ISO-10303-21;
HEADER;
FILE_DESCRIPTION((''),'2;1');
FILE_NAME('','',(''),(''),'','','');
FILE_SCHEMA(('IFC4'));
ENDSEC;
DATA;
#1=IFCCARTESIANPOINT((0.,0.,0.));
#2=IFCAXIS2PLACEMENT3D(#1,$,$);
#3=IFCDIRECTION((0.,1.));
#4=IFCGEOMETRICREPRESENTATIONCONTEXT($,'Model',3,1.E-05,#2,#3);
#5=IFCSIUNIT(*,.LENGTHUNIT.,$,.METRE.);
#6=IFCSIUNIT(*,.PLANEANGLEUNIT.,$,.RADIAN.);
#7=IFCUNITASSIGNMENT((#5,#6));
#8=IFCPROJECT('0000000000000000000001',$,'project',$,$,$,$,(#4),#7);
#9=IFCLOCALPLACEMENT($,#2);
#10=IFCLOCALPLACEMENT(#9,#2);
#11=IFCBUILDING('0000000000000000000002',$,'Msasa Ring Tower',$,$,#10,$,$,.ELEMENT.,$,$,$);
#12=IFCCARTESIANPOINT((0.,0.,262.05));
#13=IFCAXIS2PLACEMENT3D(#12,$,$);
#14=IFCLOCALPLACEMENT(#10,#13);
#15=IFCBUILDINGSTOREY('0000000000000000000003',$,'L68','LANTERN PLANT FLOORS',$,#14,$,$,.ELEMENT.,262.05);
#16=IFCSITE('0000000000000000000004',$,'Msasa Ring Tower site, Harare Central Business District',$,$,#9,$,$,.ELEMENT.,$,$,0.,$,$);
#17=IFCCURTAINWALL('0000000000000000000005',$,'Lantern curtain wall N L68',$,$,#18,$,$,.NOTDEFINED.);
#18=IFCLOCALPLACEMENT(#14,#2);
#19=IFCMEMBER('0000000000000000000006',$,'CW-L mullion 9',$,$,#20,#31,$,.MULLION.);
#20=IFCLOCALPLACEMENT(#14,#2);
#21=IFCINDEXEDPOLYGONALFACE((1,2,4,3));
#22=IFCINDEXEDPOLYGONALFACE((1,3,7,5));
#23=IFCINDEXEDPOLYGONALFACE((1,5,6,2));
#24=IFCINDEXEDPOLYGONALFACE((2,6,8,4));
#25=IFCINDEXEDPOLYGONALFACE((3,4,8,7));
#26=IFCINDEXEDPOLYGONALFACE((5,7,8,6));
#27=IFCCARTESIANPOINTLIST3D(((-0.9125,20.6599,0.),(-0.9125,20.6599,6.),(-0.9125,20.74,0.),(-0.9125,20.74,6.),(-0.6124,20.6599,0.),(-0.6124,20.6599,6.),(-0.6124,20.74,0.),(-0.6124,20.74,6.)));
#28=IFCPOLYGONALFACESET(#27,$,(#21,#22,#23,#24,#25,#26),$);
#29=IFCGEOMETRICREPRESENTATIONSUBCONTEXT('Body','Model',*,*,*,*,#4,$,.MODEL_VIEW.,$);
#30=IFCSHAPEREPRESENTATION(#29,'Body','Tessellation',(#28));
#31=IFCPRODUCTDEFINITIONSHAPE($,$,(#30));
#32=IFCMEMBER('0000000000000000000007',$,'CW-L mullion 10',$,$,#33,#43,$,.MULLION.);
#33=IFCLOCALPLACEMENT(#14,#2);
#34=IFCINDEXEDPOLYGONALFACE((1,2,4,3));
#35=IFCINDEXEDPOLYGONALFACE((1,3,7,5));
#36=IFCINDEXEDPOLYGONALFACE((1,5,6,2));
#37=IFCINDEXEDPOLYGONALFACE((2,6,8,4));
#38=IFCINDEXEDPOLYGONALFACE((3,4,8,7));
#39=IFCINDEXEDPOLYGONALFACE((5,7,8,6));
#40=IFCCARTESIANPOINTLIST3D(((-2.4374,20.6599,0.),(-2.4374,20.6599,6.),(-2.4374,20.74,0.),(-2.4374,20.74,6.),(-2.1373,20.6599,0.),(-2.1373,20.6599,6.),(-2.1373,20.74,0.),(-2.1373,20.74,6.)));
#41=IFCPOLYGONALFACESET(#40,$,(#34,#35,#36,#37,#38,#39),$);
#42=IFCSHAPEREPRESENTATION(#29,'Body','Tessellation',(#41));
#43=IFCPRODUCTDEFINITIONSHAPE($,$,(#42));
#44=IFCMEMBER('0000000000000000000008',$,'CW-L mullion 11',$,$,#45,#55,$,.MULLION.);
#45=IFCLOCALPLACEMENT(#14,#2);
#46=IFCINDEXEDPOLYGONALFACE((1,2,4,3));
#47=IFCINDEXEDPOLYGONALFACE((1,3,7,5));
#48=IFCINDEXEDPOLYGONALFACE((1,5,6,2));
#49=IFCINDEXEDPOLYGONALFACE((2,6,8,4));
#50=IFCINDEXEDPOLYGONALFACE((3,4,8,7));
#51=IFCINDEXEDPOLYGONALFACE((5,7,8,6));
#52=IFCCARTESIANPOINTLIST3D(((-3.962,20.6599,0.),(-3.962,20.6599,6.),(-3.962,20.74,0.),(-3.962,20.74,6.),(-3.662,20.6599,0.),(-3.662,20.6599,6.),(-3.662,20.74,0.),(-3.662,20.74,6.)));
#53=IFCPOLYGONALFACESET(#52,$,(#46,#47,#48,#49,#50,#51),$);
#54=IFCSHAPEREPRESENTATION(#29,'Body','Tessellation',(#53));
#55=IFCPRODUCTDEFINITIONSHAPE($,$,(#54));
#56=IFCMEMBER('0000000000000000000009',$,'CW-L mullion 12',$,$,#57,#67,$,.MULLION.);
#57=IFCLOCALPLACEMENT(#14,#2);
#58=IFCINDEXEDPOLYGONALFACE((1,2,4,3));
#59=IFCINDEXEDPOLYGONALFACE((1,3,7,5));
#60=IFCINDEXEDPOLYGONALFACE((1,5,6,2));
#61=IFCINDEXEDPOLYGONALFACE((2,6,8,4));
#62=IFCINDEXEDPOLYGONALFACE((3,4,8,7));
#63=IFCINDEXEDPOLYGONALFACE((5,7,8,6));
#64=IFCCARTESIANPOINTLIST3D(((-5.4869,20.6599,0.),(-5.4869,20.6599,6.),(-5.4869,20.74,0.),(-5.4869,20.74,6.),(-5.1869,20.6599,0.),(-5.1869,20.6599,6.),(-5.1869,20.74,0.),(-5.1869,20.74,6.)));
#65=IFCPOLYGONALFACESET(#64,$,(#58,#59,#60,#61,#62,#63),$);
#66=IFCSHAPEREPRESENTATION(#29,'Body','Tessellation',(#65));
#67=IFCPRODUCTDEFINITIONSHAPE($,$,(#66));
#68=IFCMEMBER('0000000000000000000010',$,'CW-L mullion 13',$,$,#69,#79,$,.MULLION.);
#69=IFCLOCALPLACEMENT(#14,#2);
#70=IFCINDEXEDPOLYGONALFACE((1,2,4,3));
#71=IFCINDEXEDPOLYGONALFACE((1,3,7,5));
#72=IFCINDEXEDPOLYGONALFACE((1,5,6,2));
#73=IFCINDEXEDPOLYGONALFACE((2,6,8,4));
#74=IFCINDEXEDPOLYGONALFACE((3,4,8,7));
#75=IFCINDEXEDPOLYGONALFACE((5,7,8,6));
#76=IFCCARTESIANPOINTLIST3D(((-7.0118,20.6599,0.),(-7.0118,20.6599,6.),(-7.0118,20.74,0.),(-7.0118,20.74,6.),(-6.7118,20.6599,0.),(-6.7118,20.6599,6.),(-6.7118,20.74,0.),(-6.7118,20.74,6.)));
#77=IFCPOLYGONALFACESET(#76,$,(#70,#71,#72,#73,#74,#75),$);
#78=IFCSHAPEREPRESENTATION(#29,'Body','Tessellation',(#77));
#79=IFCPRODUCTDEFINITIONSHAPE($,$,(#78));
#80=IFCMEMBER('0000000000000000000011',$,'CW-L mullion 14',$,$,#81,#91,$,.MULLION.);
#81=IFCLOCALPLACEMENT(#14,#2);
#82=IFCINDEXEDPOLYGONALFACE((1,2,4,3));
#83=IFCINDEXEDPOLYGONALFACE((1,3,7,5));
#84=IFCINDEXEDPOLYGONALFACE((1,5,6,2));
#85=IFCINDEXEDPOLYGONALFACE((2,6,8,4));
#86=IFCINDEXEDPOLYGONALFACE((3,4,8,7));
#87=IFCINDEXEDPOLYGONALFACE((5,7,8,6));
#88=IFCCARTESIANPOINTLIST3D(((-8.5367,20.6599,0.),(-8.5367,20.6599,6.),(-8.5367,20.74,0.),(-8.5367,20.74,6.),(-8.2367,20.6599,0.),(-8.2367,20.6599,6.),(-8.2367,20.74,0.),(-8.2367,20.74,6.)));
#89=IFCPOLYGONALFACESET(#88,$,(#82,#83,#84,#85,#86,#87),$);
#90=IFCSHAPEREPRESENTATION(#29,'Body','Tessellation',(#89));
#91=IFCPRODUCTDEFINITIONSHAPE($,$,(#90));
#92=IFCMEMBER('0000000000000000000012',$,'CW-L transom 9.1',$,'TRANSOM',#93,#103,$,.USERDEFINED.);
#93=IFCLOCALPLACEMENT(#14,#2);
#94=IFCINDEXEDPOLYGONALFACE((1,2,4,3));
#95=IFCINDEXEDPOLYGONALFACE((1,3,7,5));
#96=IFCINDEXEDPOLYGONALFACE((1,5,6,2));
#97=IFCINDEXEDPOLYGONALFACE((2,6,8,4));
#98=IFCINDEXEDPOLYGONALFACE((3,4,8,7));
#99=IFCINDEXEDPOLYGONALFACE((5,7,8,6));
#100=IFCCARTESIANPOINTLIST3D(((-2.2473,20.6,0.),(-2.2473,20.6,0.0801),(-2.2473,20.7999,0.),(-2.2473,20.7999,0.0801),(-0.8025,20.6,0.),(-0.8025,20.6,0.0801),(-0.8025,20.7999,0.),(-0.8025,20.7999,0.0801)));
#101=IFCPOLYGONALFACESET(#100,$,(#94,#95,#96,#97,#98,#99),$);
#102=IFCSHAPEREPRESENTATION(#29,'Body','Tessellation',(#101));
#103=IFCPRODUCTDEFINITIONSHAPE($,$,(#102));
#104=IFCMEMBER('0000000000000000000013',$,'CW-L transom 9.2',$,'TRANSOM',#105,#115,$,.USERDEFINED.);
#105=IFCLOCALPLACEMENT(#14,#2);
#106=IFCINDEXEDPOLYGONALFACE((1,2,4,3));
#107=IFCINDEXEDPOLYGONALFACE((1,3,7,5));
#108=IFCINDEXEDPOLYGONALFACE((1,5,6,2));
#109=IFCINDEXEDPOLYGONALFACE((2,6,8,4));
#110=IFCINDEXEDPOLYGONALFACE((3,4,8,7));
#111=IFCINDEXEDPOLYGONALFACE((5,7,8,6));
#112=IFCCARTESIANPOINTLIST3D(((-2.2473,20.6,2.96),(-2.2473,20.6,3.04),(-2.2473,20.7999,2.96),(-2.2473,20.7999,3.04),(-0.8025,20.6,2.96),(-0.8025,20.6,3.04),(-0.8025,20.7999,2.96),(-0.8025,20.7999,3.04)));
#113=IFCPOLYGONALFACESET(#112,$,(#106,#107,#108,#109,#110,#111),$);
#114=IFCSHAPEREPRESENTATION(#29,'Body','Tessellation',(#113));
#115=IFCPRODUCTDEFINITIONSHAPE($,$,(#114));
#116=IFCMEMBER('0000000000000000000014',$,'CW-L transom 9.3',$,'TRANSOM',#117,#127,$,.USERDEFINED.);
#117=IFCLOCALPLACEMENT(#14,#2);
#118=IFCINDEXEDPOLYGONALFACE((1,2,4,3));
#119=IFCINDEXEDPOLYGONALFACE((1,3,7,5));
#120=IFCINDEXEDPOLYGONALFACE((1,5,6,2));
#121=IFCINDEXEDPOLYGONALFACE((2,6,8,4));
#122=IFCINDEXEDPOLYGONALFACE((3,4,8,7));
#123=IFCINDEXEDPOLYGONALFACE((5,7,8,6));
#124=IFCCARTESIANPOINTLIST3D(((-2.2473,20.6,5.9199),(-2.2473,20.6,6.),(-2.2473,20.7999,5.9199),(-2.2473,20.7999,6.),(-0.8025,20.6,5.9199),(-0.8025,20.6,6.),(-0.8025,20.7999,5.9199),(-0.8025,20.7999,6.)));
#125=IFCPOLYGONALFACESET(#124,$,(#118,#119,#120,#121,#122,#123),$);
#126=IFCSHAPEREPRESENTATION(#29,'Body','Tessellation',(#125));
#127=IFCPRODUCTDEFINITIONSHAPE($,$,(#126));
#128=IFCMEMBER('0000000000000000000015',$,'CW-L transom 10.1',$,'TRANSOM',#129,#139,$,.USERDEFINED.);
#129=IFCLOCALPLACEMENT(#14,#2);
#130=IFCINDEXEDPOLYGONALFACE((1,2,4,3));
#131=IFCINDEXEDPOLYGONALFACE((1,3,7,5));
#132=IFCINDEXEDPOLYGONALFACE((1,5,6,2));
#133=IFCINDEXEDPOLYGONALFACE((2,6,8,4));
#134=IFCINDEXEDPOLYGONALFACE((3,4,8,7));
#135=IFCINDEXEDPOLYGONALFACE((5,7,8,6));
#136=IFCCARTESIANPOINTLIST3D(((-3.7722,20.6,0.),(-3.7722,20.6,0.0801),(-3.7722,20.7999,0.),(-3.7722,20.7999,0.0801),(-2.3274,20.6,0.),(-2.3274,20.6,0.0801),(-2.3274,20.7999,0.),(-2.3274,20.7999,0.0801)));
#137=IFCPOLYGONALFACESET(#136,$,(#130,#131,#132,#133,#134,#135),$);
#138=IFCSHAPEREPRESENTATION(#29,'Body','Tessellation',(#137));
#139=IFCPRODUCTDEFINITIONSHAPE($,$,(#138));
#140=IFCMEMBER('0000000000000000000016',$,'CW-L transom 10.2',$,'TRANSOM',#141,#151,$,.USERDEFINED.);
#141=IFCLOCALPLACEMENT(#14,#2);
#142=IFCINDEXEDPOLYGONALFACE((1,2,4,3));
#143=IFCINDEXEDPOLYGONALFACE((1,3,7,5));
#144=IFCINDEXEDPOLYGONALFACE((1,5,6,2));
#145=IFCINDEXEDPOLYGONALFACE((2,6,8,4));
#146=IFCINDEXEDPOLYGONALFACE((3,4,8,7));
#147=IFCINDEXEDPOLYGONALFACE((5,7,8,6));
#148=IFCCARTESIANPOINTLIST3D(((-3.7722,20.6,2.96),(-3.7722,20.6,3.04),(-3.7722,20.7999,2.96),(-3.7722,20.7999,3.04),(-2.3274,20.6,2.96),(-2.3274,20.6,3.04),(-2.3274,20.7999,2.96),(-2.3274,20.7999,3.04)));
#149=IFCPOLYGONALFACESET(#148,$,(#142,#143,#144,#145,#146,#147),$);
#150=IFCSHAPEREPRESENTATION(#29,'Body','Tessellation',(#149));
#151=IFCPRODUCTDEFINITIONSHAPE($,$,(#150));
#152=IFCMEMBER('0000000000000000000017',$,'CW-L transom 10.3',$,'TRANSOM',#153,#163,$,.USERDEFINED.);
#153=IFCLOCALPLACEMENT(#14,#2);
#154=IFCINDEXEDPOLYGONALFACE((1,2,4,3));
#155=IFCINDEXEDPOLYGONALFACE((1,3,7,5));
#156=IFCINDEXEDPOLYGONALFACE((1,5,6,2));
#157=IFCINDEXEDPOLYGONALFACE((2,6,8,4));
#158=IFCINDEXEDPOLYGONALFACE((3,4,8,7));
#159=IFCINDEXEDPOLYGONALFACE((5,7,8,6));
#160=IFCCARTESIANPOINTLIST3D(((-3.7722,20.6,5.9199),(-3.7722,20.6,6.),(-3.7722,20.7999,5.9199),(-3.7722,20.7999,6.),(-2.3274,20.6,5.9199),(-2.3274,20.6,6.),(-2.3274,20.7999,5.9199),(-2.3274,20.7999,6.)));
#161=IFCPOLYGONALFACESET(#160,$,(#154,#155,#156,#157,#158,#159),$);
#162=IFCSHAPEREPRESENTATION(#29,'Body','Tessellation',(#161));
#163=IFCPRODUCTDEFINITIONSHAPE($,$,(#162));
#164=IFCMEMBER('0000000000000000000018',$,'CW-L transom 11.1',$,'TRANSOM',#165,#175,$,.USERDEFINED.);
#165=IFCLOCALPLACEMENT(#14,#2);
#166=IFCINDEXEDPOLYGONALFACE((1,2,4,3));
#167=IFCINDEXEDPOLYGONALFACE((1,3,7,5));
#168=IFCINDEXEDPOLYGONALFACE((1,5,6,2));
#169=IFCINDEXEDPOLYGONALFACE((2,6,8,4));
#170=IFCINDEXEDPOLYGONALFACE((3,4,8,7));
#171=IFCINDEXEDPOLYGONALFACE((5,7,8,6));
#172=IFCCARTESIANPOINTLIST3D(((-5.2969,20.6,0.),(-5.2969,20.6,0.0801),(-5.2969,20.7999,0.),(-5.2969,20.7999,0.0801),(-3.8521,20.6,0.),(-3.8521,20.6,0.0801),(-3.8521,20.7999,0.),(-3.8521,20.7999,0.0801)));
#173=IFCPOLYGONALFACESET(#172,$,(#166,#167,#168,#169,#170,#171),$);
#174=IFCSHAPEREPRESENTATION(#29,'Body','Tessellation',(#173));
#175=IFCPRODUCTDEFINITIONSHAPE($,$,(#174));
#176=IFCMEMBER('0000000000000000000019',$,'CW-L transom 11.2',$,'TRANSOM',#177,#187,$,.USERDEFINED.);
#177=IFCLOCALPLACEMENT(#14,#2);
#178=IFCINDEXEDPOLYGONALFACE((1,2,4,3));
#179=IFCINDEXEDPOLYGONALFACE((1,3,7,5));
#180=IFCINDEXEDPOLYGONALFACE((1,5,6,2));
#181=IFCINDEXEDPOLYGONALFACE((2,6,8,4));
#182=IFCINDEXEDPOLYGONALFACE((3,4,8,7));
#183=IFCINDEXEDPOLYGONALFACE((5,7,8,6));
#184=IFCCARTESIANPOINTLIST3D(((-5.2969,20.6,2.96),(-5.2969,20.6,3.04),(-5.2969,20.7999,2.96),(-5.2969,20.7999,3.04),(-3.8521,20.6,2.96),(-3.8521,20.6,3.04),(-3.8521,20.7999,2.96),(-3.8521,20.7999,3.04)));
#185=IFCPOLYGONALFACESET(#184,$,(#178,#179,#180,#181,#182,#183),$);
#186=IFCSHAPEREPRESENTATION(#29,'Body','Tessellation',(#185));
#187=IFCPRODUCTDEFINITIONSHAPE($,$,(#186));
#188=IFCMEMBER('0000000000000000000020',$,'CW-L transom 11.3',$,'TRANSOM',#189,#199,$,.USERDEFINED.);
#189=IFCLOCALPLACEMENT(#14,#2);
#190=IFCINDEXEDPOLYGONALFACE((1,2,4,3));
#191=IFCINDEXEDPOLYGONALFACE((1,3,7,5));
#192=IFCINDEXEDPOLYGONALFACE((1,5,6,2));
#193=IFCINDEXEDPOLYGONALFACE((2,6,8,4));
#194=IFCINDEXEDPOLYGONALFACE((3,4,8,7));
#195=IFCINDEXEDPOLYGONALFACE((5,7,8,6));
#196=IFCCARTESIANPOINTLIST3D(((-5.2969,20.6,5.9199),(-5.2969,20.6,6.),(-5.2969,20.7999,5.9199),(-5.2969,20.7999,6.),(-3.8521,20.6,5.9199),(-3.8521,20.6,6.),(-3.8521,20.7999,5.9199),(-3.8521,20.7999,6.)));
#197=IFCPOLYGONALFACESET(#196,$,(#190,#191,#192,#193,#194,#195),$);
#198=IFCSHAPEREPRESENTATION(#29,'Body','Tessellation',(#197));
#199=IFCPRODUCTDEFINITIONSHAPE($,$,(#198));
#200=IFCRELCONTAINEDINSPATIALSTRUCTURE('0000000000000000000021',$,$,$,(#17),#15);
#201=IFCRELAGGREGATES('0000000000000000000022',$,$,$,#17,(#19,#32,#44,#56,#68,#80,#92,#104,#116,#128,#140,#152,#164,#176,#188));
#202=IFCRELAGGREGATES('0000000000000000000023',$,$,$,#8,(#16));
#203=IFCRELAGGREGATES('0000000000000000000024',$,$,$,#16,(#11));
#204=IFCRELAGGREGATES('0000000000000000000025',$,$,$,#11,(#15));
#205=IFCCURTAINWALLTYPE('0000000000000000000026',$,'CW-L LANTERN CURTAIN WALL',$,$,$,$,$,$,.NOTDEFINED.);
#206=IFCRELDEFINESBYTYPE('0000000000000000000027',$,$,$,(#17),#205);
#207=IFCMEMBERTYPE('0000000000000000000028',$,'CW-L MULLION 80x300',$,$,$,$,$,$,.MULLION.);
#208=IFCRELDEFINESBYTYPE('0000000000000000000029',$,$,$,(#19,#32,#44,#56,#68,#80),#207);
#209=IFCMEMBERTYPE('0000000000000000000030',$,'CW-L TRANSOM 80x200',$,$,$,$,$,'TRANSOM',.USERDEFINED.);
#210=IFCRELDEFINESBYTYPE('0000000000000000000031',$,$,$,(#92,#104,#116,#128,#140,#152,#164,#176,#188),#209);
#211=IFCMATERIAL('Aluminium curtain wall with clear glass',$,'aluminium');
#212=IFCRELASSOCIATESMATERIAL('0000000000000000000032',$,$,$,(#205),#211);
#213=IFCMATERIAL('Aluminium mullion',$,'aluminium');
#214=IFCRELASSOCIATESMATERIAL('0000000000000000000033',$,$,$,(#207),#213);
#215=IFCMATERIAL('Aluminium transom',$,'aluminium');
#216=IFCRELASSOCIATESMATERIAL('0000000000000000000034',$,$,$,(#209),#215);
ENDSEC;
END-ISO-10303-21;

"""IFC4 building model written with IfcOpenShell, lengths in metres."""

from ifc_helpers import new_model, si_unit, direction, frame, origin, origin_2d, place, context, subcontext, project, spatial, rectangle, extrude, material, material_profile, profile_set, type_object, element, aggregate, save


model = new_model("IFC4")

# Units and contexts
model_context = context("Model", 3, precision=1e-05, world=origin(), true_north=direction((0.0, 1.0)))
body_context = subcontext(model_context, "Body", "Model", "MODEL_VIEW")
ifc_project = project(units=[si_unit("LENGTHUNIT", "METRE"), si_unit("PLANEANGLEUNIT", "RADIAN")], contexts=[model_context])

# Site, building, storey
site_placement = place(None, origin())
site = spatial("IfcSite", under=ifc_project, at=site_placement, Name="Msasa Ring Tower site, Harare Central Business District", CompositionType="ELEMENT", RefElevation=0.0)
building_placement = place(site_placement, origin())
building = spatial("IfcBuilding", under=site, at=building_placement, Name="Msasa Ring Tower", CompositionType="ELEMENT")
storey_placement = place(building_placement, frame((0.0, 0.0, 262.05)))
storey = spatial("IfcBuildingStorey", under=building, at=storey_placement, Name="L68", Description="LANTERN PLANT FLOORS", CompositionType="ELEMENT", Elevation=262.05)

# Curtain wall, members
ifc_material_1 = material(Name="Aluminium curtain wall with clear glass", Category="aluminium")
curtain_wall_type = type_object("IfcCurtainWallType", Name="CW-L LANTERN CURTAIN WALL", PredefinedType="NOTDEFINED", material=ifc_material_1)
curtain_wall_placement = place(storey_placement, origin())
curtain_wall = element("IfcCurtainWall", 1, at=curtain_wall_placement, inside=storey, type_object=curtain_wall_type, Name="Lantern curtain wall N L68", PredefinedType="NOTDEFINED")
ifc_material_2 = material(Name="Aluminium mullion", Category="aluminium")
ifc_material_profile_1 = material_profile(ifc_material_2, rectangle(XDim=0.0801, YDim=0.3, at=origin_2d()), Name="AL 80x300")
ifc_profile_set_1 = profile_set([ifc_material_profile_1], Name="Aluminium mullion")
member_type_1 = type_object("IfcMemberType", Name="CW-L MULLION 80x300", PredefinedType="MULLION", material=ifc_profile_set_1)
member_1_placement = place(storey_placement, frame((-0.7625, 20.7, 0.0), z_axis=(0.0, 0.0, 1.0), x_axis=(0.0, -1.0, 0.0)))
member_1 = element("IfcMember", 2, at=member_1_placement, type_object=member_type_1, Name="CW-L mullion 9", PredefinedType="MULLION", context=body_context, shape_type="SweptSolid", body=[
    extrude(rectangle(XDim=0.0801, YDim=0.3, at=origin_2d()), origin(), (0.0, 0.0, 1.0), 6.0),
])
member_2_placement = place(storey_placement, frame((-2.2874, 20.7, 0.0), z_axis=(0.0, 0.0, 1.0), x_axis=(0.0, -1.0, 0.0)))
member_2 = element("IfcMember", 3, at=member_2_placement, type_object=member_type_1, Name="CW-L mullion 10", PredefinedType="MULLION", context=body_context, shape_type="SweptSolid", body=[
    extrude(rectangle(XDim=0.0801, YDim=0.3, at=origin_2d()), origin(), (0.0, 0.0, 1.0), 6.0),
])
member_3_placement = place(storey_placement, frame((-3.812, 20.7, 0.0), z_axis=(0.0, 0.0, 1.0), x_axis=(0.0, -1.0, 0.0)))
member_3 = element("IfcMember", 4, at=member_3_placement, type_object=member_type_1, Name="CW-L mullion 11", PredefinedType="MULLION", context=body_context, shape_type="SweptSolid", body=[
    extrude(rectangle(XDim=0.0801, YDim=0.3, at=origin_2d()), origin(), (0.0, 0.0, 1.0), 6.0),
])
member_4_placement = place(storey_placement, frame((-5.3369, 20.7, 0.0), z_axis=(0.0, 0.0, 1.0), x_axis=(0.0, -1.0, 0.0)))
member_4 = element("IfcMember", 5, at=member_4_placement, type_object=member_type_1, Name="CW-L mullion 12", PredefinedType="MULLION", context=body_context, shape_type="SweptSolid", body=[
    extrude(rectangle(XDim=0.0801, YDim=0.3, at=origin_2d()), origin(), (0.0, 0.0, 1.0), 6.0),
])
member_5_placement = place(storey_placement, frame((-6.8618, 20.7, 0.0), z_axis=(0.0, 0.0, 1.0), x_axis=(0.0, -1.0, 0.0)))
member_5 = element("IfcMember", 6, at=member_5_placement, type_object=member_type_1, Name="CW-L mullion 13", PredefinedType="MULLION", context=body_context, shape_type="SweptSolid", body=[
    extrude(rectangle(XDim=0.0801, YDim=0.3, at=origin_2d()), origin(), (0.0, 0.0, 1.0), 6.0),
])
member_6_placement = place(storey_placement, frame((-8.3867, 20.7, 0.0), z_axis=(0.0, 0.0, 1.0), x_axis=(0.0, -1.0, 0.0)))
member_6 = element("IfcMember", 7, at=member_6_placement, type_object=member_type_1, Name="CW-L mullion 14", PredefinedType="MULLION", context=body_context, shape_type="SweptSolid", body=[
    extrude(rectangle(XDim=0.0801, YDim=0.3, at=origin_2d()), origin(), (0.0, 0.0, 1.0), 6.0),
])
ifc_material_3 = material(Name="Aluminium transom", Category="aluminium")
ifc_material_profile_2 = material_profile(ifc_material_3, rectangle(XDim=0.2, YDim=0.0801, at=origin_2d()), Name="AL 80x200")
ifc_profile_set_2 = profile_set([ifc_material_profile_2], Name="Aluminium transom")
member_type_2 = type_object("IfcMemberType", Name="CW-L TRANSOM 80x200", ElementType="TRANSOM", PredefinedType="USERDEFINED", material=ifc_profile_set_2)
member_7_placement = place(storey_placement, frame((-0.8025, 20.7, 0.04), z_axis=(-1.0, 0.0, 0.0), x_axis=(0.0, -1.0, 0.0)))
member_7 = element("IfcMember", 8, at=member_7_placement, type_object=member_type_2, Name="CW-L transom 9.1", ObjectType="TRANSOM", PredefinedType="USERDEFINED", context=body_context, shape_type="SweptSolid", body=[
    extrude(rectangle(XDim=0.2, YDim=0.0801, at=origin_2d()), origin(), (0.0, 0.0, 1.0), 1.4448),
])
member_8_placement = place(storey_placement, frame((-0.8025, 20.7, 3.0), z_axis=(-1.0, 0.0, 0.0), x_axis=(0.0, -1.0, 0.0)))
member_8 = element("IfcMember", 9, at=member_8_placement, type_object=member_type_2, Name="CW-L transom 9.2", ObjectType="TRANSOM", PredefinedType="USERDEFINED", context=body_context, shape_type="SweptSolid", body=[
    extrude(rectangle(XDim=0.2, YDim=0.0801, at=origin_2d()), origin(), (0.0, 0.0, 1.0), 1.4448),
])
member_9_placement = place(storey_placement, frame((-0.8025, 20.7, 5.96), z_axis=(-1.0, 0.0, 0.0), x_axis=(0.0, -1.0, 0.0)))
member_9 = element("IfcMember", 10, at=member_9_placement, type_object=member_type_2, Name="CW-L transom 9.3", ObjectType="TRANSOM", PredefinedType="USERDEFINED", context=body_context, shape_type="SweptSolid", body=[
    extrude(rectangle(XDim=0.2, YDim=0.0801, at=origin_2d()), origin(), (0.0, 0.0, 1.0), 1.4448),
])
member_10_placement = place(storey_placement, frame((-2.3274, 20.7, 0.04), z_axis=(-1.0, 0.0, 0.0), x_axis=(0.0, -1.0, 0.0)))
member_10 = element("IfcMember", 11, at=member_10_placement, type_object=member_type_2, Name="CW-L transom 10.1", ObjectType="TRANSOM", PredefinedType="USERDEFINED", context=body_context, shape_type="SweptSolid", body=[
    extrude(rectangle(XDim=0.2, YDim=0.0801, at=origin_2d()), origin(), (0.0, 0.0, 1.0), 1.4448),
])
member_11_placement = place(storey_placement, frame((-2.3274, 20.7, 3.0), z_axis=(-1.0, 0.0, 0.0), x_axis=(0.0, -1.0, 0.0)))
member_11 = element("IfcMember", 12, at=member_11_placement, type_object=member_type_2, Name="CW-L transom 10.2", ObjectType="TRANSOM", PredefinedType="USERDEFINED", context=body_context, shape_type="SweptSolid", body=[
    extrude(rectangle(XDim=0.2, YDim=0.0801, at=origin_2d()), origin(), (0.0, 0.0, 1.0), 1.4448),
])
member_12_placement = place(storey_placement, frame((-2.3274, 20.7, 5.96), z_axis=(-1.0, 0.0, 0.0), x_axis=(0.0, -1.0, 0.0)))
member_12 = element("IfcMember", 13, at=member_12_placement, type_object=member_type_2, Name="CW-L transom 10.3", ObjectType="TRANSOM", PredefinedType="USERDEFINED", context=body_context, shape_type="SweptSolid", body=[
    extrude(rectangle(XDim=0.2, YDim=0.0801, at=origin_2d()), origin(), (0.0, 0.0, 1.0), 1.4448),
])
member_13_placement = place(storey_placement, frame((-3.8521, 20.7, 0.04), z_axis=(-1.0, 0.0, 0.0), x_axis=(0.0, -1.0, 0.0)))
member_13 = element("IfcMember", 14, at=member_13_placement, type_object=member_type_2, Name="CW-L transom 11.1", ObjectType="TRANSOM", PredefinedType="USERDEFINED", context=body_context, shape_type="SweptSolid", body=[
    extrude(rectangle(XDim=0.2, YDim=0.0801, at=origin_2d()), origin(), (0.0, 0.0, 1.0), 1.4448),
])
member_14_placement = place(storey_placement, frame((-3.8521, 20.7, 3.0), z_axis=(-1.0, 0.0, 0.0), x_axis=(0.0, -1.0, 0.0)))
member_14 = element("IfcMember", 15, at=member_14_placement, type_object=member_type_2, Name="CW-L transom 11.2", ObjectType="TRANSOM", PredefinedType="USERDEFINED", context=body_context, shape_type="SweptSolid", body=[
    extrude(rectangle(XDim=0.2, YDim=0.0801, at=origin_2d()), origin(), (0.0, 0.0, 1.0), 1.4448),
])
member_15_placement = place(storey_placement, frame((-3.8521, 20.7, 5.96), z_axis=(-1.0, 0.0, 0.0), x_axis=(0.0, -1.0, 0.0)))
member_15 = element("IfcMember", 16, at=member_15_placement, type_object=member_type_2, Name="CW-L transom 11.3", ObjectType="TRANSOM", PredefinedType="USERDEFINED", context=body_context, shape_type="SweptSolid", body=[
    extrude(rectangle(XDim=0.2, YDim=0.0801, at=origin_2d()), origin(), (0.0, 0.0, 1.0), 1.4448),
])
aggregate(curtain_wall, [member_1, member_2, member_3, member_4, member_5, member_6, member_7, member_8, member_9, member_10, member_11, member_12, member_13, member_14, member_15])

save(model, "model.ifc")
